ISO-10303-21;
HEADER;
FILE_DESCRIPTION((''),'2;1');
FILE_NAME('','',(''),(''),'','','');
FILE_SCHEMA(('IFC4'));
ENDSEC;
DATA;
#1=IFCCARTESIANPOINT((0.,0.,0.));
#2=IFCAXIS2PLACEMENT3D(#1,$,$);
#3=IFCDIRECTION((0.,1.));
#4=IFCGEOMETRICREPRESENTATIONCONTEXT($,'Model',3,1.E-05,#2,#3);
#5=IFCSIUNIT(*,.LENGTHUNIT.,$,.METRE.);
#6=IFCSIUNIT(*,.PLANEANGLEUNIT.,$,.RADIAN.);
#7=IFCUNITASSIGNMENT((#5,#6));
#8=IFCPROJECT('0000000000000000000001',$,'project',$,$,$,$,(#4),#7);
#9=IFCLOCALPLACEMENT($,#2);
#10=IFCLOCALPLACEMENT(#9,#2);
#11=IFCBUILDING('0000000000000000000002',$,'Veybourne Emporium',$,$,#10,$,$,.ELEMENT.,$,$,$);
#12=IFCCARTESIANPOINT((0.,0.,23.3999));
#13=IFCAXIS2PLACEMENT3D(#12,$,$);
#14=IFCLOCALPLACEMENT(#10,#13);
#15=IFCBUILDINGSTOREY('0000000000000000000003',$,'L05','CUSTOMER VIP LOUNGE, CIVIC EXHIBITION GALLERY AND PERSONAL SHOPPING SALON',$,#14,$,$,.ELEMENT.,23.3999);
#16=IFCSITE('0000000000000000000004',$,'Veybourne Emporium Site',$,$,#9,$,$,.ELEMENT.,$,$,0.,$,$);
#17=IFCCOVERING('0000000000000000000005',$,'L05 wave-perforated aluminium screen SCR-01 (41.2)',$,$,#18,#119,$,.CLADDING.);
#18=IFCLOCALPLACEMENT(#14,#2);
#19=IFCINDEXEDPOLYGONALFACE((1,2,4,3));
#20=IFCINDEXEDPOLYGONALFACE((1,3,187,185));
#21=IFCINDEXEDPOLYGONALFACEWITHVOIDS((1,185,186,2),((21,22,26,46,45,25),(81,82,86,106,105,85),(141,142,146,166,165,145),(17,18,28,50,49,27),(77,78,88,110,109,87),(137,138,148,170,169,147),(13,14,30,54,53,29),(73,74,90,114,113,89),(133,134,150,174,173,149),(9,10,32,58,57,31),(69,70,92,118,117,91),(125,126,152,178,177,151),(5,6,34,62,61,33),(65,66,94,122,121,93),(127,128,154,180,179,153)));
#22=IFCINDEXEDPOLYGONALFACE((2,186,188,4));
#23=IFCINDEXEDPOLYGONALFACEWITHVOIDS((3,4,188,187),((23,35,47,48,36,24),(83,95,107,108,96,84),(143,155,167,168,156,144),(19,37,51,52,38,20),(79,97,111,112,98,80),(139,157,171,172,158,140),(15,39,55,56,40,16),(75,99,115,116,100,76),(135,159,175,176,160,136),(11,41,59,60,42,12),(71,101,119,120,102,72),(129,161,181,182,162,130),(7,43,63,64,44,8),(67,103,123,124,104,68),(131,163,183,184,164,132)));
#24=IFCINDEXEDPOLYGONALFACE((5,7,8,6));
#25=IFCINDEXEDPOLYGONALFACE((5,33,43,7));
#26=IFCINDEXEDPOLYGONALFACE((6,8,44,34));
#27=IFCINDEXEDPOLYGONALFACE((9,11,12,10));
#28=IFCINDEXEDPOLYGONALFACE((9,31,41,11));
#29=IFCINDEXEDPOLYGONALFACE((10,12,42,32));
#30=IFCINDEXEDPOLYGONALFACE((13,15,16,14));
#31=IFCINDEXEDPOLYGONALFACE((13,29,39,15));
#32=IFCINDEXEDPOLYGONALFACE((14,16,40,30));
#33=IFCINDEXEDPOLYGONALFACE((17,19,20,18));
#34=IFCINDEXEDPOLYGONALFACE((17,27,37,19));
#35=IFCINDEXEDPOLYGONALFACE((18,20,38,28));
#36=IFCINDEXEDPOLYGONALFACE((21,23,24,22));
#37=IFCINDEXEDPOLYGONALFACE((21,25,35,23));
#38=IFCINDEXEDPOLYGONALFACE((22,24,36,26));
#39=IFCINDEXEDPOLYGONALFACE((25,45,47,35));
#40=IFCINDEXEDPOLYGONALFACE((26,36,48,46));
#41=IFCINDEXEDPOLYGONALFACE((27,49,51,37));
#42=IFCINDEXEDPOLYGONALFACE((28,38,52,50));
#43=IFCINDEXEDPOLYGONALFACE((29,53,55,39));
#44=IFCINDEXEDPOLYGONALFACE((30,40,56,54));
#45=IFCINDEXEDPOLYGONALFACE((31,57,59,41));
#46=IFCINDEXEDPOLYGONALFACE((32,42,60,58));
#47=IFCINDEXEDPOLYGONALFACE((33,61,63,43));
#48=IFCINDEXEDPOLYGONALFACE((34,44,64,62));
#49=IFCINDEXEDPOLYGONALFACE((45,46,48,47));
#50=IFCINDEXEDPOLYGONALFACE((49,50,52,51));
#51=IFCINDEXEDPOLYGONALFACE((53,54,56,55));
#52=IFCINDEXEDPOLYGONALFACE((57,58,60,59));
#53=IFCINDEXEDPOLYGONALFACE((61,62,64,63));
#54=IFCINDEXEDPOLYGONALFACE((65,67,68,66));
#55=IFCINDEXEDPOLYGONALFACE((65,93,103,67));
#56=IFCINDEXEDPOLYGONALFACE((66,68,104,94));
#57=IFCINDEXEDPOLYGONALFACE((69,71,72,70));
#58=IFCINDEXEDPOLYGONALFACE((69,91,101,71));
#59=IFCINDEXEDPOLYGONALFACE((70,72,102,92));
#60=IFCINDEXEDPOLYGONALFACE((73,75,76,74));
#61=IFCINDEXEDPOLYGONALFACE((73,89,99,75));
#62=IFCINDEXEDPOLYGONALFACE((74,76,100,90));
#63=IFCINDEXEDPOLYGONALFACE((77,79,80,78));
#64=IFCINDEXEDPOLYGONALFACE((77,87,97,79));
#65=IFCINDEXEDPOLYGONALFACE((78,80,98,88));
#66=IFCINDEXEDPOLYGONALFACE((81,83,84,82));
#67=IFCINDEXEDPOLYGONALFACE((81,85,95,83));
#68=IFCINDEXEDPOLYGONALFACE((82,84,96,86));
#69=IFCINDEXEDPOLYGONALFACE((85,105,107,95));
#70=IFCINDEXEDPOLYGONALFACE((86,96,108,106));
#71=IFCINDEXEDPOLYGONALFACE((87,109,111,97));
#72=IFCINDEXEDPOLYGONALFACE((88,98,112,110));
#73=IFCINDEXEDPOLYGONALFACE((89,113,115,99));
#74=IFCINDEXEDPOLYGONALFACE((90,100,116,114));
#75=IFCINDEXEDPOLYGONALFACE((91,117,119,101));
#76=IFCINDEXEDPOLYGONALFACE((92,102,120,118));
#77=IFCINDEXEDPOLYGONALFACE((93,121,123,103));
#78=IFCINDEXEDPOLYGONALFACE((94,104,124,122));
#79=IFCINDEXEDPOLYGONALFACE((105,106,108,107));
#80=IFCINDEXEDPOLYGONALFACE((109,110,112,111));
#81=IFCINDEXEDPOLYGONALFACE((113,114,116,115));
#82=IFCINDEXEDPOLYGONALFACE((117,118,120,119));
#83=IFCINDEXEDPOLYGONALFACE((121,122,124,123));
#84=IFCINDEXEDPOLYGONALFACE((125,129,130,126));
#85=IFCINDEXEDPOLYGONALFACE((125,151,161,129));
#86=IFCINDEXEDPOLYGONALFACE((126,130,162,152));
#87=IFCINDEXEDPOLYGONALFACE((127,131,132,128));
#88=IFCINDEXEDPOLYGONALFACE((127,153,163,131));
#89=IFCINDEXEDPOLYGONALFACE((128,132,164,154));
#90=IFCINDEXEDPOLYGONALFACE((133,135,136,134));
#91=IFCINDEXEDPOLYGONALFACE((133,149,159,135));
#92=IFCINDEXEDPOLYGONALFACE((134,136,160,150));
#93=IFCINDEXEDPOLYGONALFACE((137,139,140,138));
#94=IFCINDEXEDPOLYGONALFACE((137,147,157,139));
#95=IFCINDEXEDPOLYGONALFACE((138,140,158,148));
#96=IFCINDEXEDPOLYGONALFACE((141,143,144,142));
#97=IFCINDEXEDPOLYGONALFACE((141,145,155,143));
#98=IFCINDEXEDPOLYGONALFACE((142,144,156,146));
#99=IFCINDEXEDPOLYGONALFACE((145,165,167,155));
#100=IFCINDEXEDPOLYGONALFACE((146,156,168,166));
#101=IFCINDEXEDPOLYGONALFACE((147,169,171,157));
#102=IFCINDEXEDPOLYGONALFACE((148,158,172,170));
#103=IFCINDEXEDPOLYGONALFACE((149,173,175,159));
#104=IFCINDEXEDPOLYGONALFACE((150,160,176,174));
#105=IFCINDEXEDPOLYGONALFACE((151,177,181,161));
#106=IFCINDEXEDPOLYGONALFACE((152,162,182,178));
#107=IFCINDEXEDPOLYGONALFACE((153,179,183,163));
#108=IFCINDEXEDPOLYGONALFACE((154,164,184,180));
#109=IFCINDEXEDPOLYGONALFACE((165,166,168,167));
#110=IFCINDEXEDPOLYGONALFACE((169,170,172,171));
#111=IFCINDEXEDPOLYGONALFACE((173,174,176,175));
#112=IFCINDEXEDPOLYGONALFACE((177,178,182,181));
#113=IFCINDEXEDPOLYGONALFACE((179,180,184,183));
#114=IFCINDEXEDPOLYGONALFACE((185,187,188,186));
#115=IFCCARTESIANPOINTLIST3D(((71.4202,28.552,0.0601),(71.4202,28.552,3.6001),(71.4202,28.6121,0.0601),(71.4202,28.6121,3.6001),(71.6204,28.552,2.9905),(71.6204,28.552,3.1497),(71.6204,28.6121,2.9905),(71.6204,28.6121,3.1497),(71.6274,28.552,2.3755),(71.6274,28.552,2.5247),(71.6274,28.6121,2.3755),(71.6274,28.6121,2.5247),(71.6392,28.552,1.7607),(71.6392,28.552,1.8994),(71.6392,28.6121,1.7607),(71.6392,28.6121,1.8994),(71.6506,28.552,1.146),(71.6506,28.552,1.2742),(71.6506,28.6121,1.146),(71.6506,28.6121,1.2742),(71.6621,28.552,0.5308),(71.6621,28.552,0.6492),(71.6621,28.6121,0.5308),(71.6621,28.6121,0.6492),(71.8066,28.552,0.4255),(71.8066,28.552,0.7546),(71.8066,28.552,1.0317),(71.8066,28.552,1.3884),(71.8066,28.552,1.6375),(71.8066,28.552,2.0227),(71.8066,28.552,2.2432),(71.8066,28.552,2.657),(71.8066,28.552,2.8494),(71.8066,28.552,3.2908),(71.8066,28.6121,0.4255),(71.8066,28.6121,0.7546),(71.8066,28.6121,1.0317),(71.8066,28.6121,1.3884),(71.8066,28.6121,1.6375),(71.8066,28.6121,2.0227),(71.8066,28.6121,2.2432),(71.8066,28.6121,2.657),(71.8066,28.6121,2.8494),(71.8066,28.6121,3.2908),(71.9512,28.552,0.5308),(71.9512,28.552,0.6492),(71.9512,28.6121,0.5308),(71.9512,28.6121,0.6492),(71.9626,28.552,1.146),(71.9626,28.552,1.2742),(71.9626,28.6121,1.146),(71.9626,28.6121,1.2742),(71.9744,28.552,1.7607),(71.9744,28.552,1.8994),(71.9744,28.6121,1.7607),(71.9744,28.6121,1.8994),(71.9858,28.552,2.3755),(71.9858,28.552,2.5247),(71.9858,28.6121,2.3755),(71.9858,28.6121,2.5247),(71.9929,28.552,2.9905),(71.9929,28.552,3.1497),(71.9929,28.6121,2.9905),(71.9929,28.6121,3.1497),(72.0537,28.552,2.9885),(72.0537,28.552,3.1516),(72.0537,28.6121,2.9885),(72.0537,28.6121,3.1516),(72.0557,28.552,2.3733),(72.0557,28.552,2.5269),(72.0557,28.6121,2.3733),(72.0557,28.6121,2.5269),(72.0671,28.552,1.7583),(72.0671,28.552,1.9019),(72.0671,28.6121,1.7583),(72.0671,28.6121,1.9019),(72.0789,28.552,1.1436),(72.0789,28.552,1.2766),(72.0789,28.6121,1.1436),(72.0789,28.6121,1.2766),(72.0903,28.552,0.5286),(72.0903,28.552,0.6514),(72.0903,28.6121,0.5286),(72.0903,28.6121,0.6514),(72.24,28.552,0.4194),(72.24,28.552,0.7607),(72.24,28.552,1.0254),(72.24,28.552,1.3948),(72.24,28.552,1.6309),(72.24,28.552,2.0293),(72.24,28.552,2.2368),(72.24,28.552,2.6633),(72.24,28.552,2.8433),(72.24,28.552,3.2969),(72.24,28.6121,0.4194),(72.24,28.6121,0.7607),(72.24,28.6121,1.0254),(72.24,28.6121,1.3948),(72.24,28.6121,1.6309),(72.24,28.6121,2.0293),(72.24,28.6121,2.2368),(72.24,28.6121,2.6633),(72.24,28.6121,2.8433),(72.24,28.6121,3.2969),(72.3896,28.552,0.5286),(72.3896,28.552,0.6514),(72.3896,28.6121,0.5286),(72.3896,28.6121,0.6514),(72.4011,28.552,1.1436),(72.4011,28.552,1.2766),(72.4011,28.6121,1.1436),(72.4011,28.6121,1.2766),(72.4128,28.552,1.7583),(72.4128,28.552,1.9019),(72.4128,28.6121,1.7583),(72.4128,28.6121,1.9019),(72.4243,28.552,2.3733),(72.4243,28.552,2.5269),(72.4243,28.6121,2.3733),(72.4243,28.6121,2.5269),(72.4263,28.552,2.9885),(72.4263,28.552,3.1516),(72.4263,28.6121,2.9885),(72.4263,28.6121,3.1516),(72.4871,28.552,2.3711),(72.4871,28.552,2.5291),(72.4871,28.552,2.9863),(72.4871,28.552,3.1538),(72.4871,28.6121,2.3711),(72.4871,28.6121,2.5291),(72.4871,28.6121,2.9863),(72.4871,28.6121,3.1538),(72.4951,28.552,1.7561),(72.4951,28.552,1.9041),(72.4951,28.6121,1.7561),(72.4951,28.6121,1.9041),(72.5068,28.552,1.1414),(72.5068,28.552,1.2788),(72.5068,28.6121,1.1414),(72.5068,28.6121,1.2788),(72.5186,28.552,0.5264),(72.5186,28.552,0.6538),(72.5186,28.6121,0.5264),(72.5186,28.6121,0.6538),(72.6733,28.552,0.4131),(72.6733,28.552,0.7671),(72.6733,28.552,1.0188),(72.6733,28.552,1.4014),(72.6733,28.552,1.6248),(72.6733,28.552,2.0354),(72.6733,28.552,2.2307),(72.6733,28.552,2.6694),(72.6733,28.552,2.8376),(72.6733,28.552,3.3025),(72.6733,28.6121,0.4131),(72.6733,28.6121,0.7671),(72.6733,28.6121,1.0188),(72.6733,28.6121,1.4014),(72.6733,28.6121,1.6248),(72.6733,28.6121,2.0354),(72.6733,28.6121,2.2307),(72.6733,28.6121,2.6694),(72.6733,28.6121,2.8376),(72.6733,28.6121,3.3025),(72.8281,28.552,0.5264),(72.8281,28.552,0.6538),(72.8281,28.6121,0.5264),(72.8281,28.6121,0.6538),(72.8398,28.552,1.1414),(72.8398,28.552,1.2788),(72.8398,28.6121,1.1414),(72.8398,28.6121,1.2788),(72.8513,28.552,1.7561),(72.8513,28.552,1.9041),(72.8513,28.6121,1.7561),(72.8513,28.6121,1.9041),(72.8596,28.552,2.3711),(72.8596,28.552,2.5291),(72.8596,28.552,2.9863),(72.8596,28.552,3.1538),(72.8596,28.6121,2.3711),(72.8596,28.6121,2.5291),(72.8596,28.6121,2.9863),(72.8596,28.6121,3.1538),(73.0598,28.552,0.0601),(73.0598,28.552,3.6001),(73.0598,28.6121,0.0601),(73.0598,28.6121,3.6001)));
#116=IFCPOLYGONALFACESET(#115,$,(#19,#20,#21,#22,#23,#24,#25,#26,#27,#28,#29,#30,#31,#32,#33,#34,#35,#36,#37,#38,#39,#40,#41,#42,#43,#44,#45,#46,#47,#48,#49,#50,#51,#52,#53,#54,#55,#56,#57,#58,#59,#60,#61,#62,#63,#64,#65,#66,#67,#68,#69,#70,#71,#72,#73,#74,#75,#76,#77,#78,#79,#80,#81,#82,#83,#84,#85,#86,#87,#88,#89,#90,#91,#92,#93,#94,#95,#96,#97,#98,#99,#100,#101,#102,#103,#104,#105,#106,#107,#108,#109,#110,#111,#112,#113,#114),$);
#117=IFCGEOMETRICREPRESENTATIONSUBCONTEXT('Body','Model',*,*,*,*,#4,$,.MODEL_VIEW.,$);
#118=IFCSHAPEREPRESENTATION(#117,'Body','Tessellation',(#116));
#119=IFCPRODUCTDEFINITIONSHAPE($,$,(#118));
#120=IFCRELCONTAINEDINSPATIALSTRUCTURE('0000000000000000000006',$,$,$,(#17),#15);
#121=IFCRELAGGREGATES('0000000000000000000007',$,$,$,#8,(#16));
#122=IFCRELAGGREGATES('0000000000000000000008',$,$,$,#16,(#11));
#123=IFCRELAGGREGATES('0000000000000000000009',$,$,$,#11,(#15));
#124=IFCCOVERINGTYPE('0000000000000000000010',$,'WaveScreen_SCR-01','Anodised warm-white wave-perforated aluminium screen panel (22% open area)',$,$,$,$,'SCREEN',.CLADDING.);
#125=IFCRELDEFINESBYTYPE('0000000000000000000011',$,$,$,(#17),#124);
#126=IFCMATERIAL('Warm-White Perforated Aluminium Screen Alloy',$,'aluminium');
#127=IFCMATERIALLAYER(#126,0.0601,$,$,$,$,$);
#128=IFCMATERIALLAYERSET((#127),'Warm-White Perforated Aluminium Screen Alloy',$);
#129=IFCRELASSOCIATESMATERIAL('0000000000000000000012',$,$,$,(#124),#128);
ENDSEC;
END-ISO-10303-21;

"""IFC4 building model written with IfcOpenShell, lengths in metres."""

from ifc_helpers import new_model, si_unit, direction, frame, origin, place, context, subcontext, project, spatial, polyline, outline, extrude, material, layer, layer_set, type_object, element, save


model = new_model("IFC4")

# Units and contexts
model_context = context("Model", 3, precision=1e-05, world=origin(), true_north=direction((0.0, 1.0)))
body_context = subcontext(model_context, "Body", "Model", "MODEL_VIEW")
ifc_project = project(units=[si_unit("LENGTHUNIT", "METRE"), si_unit("PLANEANGLEUNIT", "RADIAN")], contexts=[model_context])

# Site, building, storey
site_placement = place(None, origin())
site = spatial("IfcSite", under=ifc_project, at=site_placement, Name="Veybourne Emporium Site", CompositionType="ELEMENT", RefElevation=0.0)
building_placement = place(site_placement, origin())
building = spatial("IfcBuilding", under=site, at=building_placement, Name="Veybourne Emporium", CompositionType="ELEMENT")
storey_placement = place(building_placement, frame((0.0, 0.0, 23.3999)))
storey = spatial("IfcBuildingStorey", under=building, at=storey_placement, Name="L05", Description="CUSTOMER VIP LOUNGE, CIVIC EXHIBITION GALLERY AND PERSONAL SHOPPING SALON", CompositionType="ELEMENT", Elevation=23.3999)

# Covering
ifc_material_1 = material(Name="Warm-White Perforated Aluminium Screen Alloy", Category="aluminium")
ifc_layer_1 = layer(ifc_material_1, 0.0601)
ifc_layer_set_1 = layer_set([ifc_layer_1], Name="Warm-White Perforated Aluminium Screen Alloy")
covering_type_1 = type_object("IfcCoveringType", Name="WaveScreen_SCR-01", Description="Anodised warm-white wave-perforated aluminium screen panel (22% open area)", ElementType="SCREEN", PredefinedType="CLADDING", material=ifc_layer_set_1)
covering_1_placement = place(storey_placement, frame((72.24, 28.552, 1.8301), z_axis=(0.0, 1.0, 0.0), x_axis=(-1.0, 0.0, 0.0)))
element("IfcCovering", 1, at=covering_1_placement, inside=storey, type_object=covering_type_1, Name="L05 wave-perforated aluminium screen SCR-01 (41.2)", PredefinedType="CLADDING", context=body_context, shape_type="SweptSolid", body=[
    extrude(outline(polyline([(-0.8198, -1.77), (0.8198, -1.77), (0.8198, 1.77), (-0.8198, 1.77), (-0.8198, -1.77)]), holes=[polyline([(-0.4333, -1.063), (-0.2786, -1.1763), (-0.2786, -1.3037), (-0.4333, -1.417), (-0.5881, -1.3037), (-0.5881, -1.1763), (-0.4333, -1.063)]), polyline([(-0.4333, -0.4287), (-0.2668, -0.5513), (-0.2668, -0.6887), (-0.4333, -0.8113), (-0.5999, -0.6887), (-0.5999, -0.5513), (-0.4333, -0.4287)]), polyline([(-0.4333, 0.2053), (-0.2551, 0.074), (-0.2551, -0.074), (-0.4333, -0.2053), (-0.6113, -0.074), (-0.6113, 0.074), (-0.4333, 0.2053)]), polyline([(-0.4333, 0.8394), (-0.2471, 0.699), (-0.2471, 0.541), (-0.4333, 0.4006), (-0.6196, 0.541), (-0.6196, 0.699), (-0.4333, 0.8394)]), polyline([(-0.4333, 1.4724), (-0.2471, 1.3237), (-0.2471, 1.1562), (-0.4333, 1.0076), (-0.6196, 1.1562), (-0.6196, 1.3237), (-0.4333, 1.4724)]), polyline([(0.0, -1.0693), (0.1497, -1.1787), (0.1497, -1.3015), (0.0, -1.4106), (-0.1497, -1.3015), (-0.1497, -1.1787), (0.0, -1.0693)]), polyline([(0.0, -0.4353), (0.1611, -0.5535), (0.1611, -0.6865), (0.0, -0.8047), (-0.1611, -0.6865), (-0.1611, -0.5535), (0.0, -0.4353)]), polyline([(0.0, 0.1992), (0.1729, 0.0718), (0.1729, -0.0718), (0.0, -0.1992), (-0.1729, -0.0718), (-0.1729, 0.0718), (0.0, 0.1992)]), polyline([(0.0, 0.8333), (0.1843, 0.6968), (0.1843, 0.5432), (0.0, 0.4067), (-0.1843, 0.5432), (-0.1843, 0.6968), (0.0, 0.8333)]), polyline([(0.0, 1.4668), (0.1863, 1.3215), (0.1863, 1.1584), (0.0, 1.0132), (-0.1863, 1.1584), (-0.1863, 1.3215), (0.0, 1.4668)]), polyline([(0.4333, -1.0754), (0.5779, -1.1809), (0.5779, -1.2993), (0.4333, -1.4045), (0.2888, -1.2993), (0.2888, -1.1809), (0.4333, -1.0754)]), polyline([(0.4333, -0.4417), (0.5894, -0.5559), (0.5894, -0.6841), (0.4333, -0.7983), (0.2773, -0.6841), (0.2773, -0.5559), (0.4333, -0.4417)]), polyline([(0.4333, 0.1926), (0.6008, 0.0693), (0.6008, -0.0693), (0.4333, -0.1926), (0.2656, -0.0693), (0.2656, 0.0693), (0.4333, 0.1926)]), polyline([(0.4333, 0.8269), (0.6125, 0.6946), (0.6125, 0.5454), (0.4333, 0.4131), (0.2542, 0.5454), (0.2542, 0.6946), (0.4333, 0.8269)]), polyline([(0.4333, 1.4607), (0.6196, 1.3196), (0.6196, 1.1604), (0.4333, 1.0193), (0.2471, 1.1604), (0.2471, 1.3196), (0.4333, 1.4607)])]), origin(), (0.0, 0.0, 1.0), 0.0601),
])

save(model, "model.ifc")
